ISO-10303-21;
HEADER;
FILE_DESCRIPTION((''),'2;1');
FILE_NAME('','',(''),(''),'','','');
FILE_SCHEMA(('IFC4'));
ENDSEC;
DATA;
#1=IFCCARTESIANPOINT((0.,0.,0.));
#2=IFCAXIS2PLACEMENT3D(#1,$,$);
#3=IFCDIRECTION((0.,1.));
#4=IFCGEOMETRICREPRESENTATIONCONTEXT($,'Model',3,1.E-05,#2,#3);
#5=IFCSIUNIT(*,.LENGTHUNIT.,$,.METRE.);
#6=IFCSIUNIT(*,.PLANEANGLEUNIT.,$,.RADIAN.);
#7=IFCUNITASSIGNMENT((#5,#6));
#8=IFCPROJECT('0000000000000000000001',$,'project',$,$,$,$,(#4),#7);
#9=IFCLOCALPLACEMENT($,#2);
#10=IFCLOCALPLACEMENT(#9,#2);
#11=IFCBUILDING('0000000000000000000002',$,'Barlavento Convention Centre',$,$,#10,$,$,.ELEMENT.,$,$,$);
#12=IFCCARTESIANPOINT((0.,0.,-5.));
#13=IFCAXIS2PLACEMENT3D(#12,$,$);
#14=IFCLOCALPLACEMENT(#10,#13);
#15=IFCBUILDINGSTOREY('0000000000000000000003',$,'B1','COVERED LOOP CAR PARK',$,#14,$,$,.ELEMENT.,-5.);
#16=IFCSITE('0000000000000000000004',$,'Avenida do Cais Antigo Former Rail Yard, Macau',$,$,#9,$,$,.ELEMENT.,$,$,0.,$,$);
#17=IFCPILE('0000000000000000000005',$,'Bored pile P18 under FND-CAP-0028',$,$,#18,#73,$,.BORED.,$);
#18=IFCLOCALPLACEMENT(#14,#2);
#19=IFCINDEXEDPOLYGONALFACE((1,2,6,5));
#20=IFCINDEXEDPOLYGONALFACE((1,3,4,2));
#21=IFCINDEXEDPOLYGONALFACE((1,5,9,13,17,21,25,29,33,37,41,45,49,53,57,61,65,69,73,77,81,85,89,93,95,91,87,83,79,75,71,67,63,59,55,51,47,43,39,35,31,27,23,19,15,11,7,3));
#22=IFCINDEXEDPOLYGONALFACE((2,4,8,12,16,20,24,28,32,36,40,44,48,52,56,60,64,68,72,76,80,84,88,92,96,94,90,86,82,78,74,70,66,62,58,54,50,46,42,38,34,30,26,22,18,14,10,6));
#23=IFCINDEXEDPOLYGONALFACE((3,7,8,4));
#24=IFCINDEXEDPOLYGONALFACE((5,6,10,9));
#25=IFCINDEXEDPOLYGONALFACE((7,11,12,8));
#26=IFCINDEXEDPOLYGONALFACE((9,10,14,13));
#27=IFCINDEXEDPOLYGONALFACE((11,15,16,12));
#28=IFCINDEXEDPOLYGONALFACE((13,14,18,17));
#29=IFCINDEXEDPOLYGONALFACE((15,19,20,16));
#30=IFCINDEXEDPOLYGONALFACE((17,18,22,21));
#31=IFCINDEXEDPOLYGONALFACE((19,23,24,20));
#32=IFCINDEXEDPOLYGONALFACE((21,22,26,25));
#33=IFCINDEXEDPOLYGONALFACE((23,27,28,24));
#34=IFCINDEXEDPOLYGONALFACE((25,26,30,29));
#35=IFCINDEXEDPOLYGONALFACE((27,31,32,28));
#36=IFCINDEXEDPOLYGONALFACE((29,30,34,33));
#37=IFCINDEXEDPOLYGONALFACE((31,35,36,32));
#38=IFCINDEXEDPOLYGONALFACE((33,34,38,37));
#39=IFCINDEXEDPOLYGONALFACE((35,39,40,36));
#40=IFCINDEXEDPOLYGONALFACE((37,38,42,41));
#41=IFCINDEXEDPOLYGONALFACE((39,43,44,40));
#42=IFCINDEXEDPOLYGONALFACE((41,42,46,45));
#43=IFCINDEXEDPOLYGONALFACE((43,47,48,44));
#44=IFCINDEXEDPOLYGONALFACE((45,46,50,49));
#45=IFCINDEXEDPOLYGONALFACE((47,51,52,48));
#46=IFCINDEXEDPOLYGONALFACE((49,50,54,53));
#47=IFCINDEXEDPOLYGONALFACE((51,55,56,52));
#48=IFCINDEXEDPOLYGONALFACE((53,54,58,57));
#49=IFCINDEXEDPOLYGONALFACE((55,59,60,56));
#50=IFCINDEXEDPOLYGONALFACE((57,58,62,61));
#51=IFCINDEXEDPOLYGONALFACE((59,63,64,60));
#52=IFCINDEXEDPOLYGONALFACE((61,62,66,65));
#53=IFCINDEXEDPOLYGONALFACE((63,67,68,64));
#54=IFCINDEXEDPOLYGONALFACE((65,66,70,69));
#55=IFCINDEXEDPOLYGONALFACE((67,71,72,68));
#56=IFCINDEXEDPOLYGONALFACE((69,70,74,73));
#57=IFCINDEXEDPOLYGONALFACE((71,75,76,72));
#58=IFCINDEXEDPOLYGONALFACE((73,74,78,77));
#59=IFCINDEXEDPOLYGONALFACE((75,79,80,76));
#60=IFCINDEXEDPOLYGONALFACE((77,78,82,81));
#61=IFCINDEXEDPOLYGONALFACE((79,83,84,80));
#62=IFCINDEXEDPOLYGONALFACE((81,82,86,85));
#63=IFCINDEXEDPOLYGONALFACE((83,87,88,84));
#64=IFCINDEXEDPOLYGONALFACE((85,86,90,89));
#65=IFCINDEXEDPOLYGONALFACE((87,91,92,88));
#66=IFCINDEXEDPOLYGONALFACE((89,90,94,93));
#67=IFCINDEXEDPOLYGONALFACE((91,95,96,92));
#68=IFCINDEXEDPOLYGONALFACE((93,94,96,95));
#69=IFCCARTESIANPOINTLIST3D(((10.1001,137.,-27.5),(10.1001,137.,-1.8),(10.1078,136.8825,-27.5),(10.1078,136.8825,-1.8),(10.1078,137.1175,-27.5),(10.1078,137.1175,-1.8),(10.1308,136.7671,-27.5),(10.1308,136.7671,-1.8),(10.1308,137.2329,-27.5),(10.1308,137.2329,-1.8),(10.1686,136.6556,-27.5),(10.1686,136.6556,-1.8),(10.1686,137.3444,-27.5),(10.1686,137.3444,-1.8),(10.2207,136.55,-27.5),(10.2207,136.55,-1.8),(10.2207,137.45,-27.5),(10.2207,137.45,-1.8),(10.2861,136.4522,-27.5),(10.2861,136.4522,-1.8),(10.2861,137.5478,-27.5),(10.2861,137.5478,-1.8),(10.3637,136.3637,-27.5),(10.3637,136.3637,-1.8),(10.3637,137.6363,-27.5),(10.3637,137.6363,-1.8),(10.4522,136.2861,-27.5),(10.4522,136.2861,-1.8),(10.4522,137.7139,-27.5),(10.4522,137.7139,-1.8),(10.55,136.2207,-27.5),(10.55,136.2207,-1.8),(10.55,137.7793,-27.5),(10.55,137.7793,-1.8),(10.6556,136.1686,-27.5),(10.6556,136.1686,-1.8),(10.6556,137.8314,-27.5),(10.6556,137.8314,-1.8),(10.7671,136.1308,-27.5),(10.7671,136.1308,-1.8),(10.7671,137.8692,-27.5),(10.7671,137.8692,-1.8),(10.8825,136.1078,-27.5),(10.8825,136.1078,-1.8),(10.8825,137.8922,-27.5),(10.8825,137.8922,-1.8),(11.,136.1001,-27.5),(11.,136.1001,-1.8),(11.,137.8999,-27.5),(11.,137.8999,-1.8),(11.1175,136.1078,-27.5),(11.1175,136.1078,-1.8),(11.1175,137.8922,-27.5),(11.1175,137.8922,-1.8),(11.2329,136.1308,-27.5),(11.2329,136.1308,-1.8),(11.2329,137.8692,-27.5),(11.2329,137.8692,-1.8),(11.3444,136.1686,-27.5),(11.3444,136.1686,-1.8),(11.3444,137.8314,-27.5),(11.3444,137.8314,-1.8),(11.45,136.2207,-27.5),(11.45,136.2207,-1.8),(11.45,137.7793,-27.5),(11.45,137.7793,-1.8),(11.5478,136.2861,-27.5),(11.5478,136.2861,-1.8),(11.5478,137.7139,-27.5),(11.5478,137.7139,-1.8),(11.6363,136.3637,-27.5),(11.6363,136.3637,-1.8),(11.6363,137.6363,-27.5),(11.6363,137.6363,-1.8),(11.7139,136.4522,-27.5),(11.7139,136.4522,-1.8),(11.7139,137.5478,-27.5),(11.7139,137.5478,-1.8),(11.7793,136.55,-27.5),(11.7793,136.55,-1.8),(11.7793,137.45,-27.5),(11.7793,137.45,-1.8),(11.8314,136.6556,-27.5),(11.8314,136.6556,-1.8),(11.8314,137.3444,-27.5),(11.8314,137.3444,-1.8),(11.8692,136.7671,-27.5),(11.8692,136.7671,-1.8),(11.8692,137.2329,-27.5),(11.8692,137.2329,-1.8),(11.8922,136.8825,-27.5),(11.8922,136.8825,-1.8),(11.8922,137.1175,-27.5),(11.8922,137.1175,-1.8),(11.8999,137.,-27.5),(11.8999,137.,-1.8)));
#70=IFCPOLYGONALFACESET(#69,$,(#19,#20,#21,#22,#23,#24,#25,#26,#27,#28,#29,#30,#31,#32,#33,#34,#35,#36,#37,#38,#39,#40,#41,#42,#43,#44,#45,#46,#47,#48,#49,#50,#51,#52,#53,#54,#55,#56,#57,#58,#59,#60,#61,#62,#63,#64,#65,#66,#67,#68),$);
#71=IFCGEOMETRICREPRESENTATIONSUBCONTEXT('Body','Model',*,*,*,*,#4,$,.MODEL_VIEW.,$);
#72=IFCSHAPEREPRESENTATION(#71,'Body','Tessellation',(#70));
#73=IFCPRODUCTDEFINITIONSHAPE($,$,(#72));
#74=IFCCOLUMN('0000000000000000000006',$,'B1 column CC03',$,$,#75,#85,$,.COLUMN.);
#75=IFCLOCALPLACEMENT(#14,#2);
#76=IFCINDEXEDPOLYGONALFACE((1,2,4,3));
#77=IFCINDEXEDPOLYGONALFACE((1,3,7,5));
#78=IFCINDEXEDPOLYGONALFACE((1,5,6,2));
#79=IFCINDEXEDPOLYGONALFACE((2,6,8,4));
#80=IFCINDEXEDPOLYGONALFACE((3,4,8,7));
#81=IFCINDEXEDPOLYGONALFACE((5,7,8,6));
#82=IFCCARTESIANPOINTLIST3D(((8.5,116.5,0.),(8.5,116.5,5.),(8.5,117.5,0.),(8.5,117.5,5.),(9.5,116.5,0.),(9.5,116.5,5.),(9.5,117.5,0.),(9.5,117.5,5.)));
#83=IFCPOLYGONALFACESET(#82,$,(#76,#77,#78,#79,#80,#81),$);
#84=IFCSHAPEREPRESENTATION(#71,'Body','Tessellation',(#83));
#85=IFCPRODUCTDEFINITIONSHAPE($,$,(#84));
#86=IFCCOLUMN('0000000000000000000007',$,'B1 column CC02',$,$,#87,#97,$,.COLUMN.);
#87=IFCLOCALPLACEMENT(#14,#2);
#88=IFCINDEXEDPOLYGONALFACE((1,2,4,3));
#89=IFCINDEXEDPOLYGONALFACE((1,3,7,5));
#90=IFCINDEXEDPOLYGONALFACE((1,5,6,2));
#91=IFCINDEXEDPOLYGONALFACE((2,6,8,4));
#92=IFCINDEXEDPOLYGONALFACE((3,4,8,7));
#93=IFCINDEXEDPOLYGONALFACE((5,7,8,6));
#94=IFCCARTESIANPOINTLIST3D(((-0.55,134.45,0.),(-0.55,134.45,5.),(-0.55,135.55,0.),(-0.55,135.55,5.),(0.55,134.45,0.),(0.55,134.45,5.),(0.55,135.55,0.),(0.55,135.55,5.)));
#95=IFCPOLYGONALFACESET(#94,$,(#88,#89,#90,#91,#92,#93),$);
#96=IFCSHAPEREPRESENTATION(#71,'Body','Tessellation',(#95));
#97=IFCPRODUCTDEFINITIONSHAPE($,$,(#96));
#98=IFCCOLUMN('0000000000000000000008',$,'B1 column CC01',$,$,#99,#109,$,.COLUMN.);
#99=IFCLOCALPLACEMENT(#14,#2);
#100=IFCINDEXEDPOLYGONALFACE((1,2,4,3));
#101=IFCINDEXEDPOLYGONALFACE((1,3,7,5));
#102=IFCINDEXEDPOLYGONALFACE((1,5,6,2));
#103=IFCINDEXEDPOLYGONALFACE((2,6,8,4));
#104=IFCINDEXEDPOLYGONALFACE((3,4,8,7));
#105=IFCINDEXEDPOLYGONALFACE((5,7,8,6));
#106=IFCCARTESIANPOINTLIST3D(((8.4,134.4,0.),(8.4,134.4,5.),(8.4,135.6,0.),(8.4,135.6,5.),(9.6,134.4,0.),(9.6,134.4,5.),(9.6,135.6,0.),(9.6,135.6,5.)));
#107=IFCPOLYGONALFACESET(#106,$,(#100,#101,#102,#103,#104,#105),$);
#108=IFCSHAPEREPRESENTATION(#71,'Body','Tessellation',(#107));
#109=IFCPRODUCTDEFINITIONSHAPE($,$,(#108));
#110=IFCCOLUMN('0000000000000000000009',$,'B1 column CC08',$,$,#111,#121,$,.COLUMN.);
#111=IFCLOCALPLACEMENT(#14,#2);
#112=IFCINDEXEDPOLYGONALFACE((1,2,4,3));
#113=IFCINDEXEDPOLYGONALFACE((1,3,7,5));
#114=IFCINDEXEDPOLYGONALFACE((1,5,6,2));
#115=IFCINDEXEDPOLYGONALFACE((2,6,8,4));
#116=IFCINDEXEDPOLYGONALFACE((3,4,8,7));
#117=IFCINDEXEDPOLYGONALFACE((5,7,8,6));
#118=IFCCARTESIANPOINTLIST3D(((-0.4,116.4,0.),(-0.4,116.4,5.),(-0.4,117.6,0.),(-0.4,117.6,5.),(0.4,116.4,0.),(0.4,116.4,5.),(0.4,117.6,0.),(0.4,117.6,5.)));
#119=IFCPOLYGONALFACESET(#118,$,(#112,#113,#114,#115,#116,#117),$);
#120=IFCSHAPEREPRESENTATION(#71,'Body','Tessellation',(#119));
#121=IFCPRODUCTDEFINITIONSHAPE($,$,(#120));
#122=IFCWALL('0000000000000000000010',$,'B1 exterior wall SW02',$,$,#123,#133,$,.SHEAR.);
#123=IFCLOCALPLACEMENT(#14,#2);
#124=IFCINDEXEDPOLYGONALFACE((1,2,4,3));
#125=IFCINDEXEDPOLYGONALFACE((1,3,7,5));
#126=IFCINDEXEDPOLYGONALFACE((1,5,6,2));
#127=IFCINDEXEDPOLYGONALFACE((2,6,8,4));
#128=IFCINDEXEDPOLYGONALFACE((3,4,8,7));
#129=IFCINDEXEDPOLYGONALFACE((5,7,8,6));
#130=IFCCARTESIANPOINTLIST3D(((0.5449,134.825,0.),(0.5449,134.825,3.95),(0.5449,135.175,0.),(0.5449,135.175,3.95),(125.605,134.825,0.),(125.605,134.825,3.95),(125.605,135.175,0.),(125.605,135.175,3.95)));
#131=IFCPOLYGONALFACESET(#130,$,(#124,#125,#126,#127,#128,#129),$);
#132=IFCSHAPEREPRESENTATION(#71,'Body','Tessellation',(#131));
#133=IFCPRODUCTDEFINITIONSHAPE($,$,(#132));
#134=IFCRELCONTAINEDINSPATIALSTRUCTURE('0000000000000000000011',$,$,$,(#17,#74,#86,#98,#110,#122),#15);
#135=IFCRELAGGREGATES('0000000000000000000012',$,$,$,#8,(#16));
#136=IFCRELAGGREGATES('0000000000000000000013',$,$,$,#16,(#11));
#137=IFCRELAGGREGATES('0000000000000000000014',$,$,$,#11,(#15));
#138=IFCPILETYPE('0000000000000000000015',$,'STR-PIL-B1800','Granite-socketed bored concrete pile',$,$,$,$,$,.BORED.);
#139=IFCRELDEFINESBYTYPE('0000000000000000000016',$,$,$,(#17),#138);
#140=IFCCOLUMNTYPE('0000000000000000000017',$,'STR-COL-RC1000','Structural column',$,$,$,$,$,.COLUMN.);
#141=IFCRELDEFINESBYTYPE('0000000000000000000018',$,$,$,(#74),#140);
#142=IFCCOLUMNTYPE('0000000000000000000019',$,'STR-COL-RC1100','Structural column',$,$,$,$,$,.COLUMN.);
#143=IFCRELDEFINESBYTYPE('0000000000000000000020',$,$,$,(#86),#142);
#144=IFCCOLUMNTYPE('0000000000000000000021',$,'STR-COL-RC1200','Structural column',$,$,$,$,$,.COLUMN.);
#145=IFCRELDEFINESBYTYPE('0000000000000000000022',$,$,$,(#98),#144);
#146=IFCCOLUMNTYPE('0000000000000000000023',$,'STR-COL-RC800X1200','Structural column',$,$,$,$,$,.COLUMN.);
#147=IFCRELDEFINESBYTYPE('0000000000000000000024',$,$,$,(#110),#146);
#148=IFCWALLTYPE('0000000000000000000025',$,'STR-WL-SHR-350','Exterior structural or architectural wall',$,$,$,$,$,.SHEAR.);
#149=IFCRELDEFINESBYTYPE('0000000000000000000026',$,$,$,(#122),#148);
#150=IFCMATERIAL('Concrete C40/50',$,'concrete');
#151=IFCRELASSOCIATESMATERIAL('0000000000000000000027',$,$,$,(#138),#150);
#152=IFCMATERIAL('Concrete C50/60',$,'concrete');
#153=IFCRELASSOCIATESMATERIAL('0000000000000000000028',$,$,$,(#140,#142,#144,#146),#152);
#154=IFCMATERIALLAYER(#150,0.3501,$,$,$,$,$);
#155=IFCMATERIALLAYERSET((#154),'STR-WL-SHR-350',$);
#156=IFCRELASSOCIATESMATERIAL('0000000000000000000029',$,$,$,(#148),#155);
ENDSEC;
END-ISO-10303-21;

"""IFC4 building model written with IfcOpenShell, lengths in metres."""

from ifc_helpers import new_model, si_unit, direction, frame, frame_2d, origin, origin_2d, place, context, subcontext, project, spatial, rectangle, circle, extrude, material, layer, layer_set, material_profile, profile_set, type_object, element, save


model = new_model("IFC4")

# Units and contexts
model_context = context("Model", 3, precision=1e-05, world=origin(), true_north=direction((0.0, 1.0)))
body_context = subcontext(model_context, "Body", "Model", "MODEL_VIEW")
ifc_project = project(units=[si_unit("LENGTHUNIT", "METRE"), si_unit("PLANEANGLEUNIT", "RADIAN")], contexts=[model_context])

# Site, building, storey
site_placement = place(None, origin())
site = spatial("IfcSite", under=ifc_project, at=site_placement, Name="Avenida do Cais Antigo Former Rail Yard, Macau", CompositionType="ELEMENT", RefElevation=0.0)
building_placement = place(site_placement, origin())
building = spatial("IfcBuilding", under=site, at=building_placement, Name="Barlavento Convention Centre", CompositionType="ELEMENT")
storey_placement = place(building_placement, frame((0.0, 0.0, -5.0)))
storey = spatial("IfcBuildingStorey", under=building, at=storey_placement, Name="B1", Description="COVERED LOOP CAR PARK", CompositionType="ELEMENT", Elevation=-5.0)

# Shared definitions
ifc_material_1 = material(Name="Concrete C40/50", Category="concrete")

# Pile
ifc_material_profile_1 = material_profile(ifc_material_1, circle(Radius=0.8999, at=origin_2d()), Name="BORED PILE 1800")
ifc_profile_set_1 = profile_set([ifc_material_profile_1], Name="Concrete C40/50")
pile_type_1 = type_object("IfcPileType", Name="STR-PIL-B1800", Description="Granite-socketed bored concrete pile", PredefinedType="BORED", material=ifc_profile_set_1)
for number, where, z_axis, x_axis, name in (
    (1, (11.0, 137.0, -1.8), (0.0, 0.0, -1.0), (1.0, 0.0, 0.0), "Bored pile P18 under FND-CAP-0028"),
):
    element("IfcPile", number, at=place(storey_placement, frame(where, z_axis=z_axis, x_axis=x_axis)), inside=storey, type_object=pile_type_1, Name=name, PredefinedType="BORED", context=body_context, shape_type="SweptSolid", body=[
        extrude(circle(Radius=0.8999, at=origin_2d()), origin(), (0.0, 0.0, 1.0), 25.7),
    ])

# Columns
ifc_material_2 = material(Name="Concrete C50/60", Category="concrete")
ifc_material_profile_2 = material_profile(ifc_material_2, rectangle(XDim=1.0, YDim=1.0, at=origin_2d()), Name="RC 1000x1000")
ifc_profile_set_2 = profile_set([ifc_material_profile_2], Name="Concrete C50/60")
column_type_1 = type_object("IfcColumnType", Name="STR-COL-RC1000", Description="Structural column", PredefinedType="COLUMN", material=ifc_profile_set_2)
column_1_placement = place(storey_placement, frame((9.0, 117.0, 0.0), z_axis=(0.0, 0.0, 1.0), x_axis=(1.0, 0.0, 0.0)))
element("IfcColumn", 2, at=column_1_placement, inside=storey, type_object=column_type_1, Name="B1 column CC03", PredefinedType="COLUMN", context=body_context, shape_type="SweptSolid", body=[
    extrude(rectangle(XDim=1.0, YDim=1.0, at=origin_2d()), origin(), (0.0, 0.0, 1.0), 5.0),
])
ifc_material_profile_3 = material_profile(ifc_material_2, rectangle(XDim=1.1001, YDim=1.1001, at=origin_2d()), Name="RC 1100x1100")
ifc_profile_set_3 = profile_set([ifc_material_profile_3], Name="Concrete C50/60")
column_type_2 = type_object("IfcColumnType", Name="STR-COL-RC1100", Description="Structural column", PredefinedType="COLUMN", material=ifc_profile_set_3)
column_2_placement = place(storey_placement, frame((0.0, 135.0, 0.0), z_axis=(0.0, 0.0, 1.0), x_axis=(1.0, 0.0, 0.0)))
element("IfcColumn", 3, at=column_2_placement, inside=storey, type_object=column_type_2, Name="B1 column CC02", PredefinedType="COLUMN", context=body_context, shape_type="SweptSolid", body=[
    extrude(rectangle(XDim=1.1001, YDim=1.1001, at=origin_2d()), origin(), (0.0, 0.0, 1.0), 5.0),
])
ifc_material_profile_4 = material_profile(ifc_material_2, rectangle(XDim=1.2, YDim=1.2, at=origin_2d()), Name="RC 1200x1200")
ifc_profile_set_4 = profile_set([ifc_material_profile_4], Name="Concrete C50/60")
column_type_3 = type_object("IfcColumnType", Name="STR-COL-RC1200", Description="Structural column", PredefinedType="COLUMN", material=ifc_profile_set_4)
column_3_placement = place(storey_placement, frame((9.0, 135.0, 0.0), z_axis=(0.0, 0.0, 1.0), x_axis=(1.0, 0.0, 0.0)))
element("IfcColumn", 4, at=column_3_placement, inside=storey, type_object=column_type_3, Name="B1 column CC01", PredefinedType="COLUMN", context=body_context, shape_type="SweptSolid", body=[
    extrude(rectangle(XDim=1.2, YDim=1.2, at=origin_2d()), origin(), (0.0, 0.0, 1.0), 5.0),
])
ifc_material_profile_5 = material_profile(ifc_material_2, rectangle(XDim=0.8, YDim=1.2, at=origin_2d()), Name="RC 800x1200")
ifc_profile_set_5 = profile_set([ifc_material_profile_5], Name="Concrete C50/60")
column_type_4 = type_object("IfcColumnType", Name="STR-COL-RC800X1200", Description="Structural column", PredefinedType="COLUMN", material=ifc_profile_set_5)
column_4_placement = place(storey_placement, frame((0.0, 117.0, 0.0), z_axis=(0.0, 0.0, 1.0), x_axis=(1.0, 0.0, 0.0)))
element("IfcColumn", 5, at=column_4_placement, inside=storey, type_object=column_type_4, Name="B1 column CC08", PredefinedType="COLUMN", context=body_context, shape_type="SweptSolid", body=[
    extrude(rectangle(XDim=0.8, YDim=1.2, at=origin_2d()), origin(), (0.0, 0.0, 1.0), 5.0),
])

# Wall
ifc_layer = layer(ifc_material_1, 0.3501)
ifc_layer_set = layer_set([ifc_layer], Name="STR-WL-SHR-350")
wall_type = type_object("IfcWallType", Name="STR-WL-SHR-350", Description="Exterior structural or architectural wall", PredefinedType="SHEAR", material=ifc_layer_set)
wall_placement = place(storey_placement, frame((0.5449, 135.0, 0.0), z_axis=(0.0, 0.0, 1.0), x_axis=(1.0, 0.0, 0.0)))
element("IfcWall", 6, at=wall_placement, inside=storey, type_object=wall_type, Name="B1 exterior wall SW02", PredefinedType="SHEAR", context=body_context, shape_type="SweptSolid", body=[
    extrude(rectangle(XDim=125.0601, YDim=0.3501, at=frame_2d((62.53, 0.0))), origin(), (0.0, 0.0, 1.0), 3.95),
])

save(model, "model.ifc")
